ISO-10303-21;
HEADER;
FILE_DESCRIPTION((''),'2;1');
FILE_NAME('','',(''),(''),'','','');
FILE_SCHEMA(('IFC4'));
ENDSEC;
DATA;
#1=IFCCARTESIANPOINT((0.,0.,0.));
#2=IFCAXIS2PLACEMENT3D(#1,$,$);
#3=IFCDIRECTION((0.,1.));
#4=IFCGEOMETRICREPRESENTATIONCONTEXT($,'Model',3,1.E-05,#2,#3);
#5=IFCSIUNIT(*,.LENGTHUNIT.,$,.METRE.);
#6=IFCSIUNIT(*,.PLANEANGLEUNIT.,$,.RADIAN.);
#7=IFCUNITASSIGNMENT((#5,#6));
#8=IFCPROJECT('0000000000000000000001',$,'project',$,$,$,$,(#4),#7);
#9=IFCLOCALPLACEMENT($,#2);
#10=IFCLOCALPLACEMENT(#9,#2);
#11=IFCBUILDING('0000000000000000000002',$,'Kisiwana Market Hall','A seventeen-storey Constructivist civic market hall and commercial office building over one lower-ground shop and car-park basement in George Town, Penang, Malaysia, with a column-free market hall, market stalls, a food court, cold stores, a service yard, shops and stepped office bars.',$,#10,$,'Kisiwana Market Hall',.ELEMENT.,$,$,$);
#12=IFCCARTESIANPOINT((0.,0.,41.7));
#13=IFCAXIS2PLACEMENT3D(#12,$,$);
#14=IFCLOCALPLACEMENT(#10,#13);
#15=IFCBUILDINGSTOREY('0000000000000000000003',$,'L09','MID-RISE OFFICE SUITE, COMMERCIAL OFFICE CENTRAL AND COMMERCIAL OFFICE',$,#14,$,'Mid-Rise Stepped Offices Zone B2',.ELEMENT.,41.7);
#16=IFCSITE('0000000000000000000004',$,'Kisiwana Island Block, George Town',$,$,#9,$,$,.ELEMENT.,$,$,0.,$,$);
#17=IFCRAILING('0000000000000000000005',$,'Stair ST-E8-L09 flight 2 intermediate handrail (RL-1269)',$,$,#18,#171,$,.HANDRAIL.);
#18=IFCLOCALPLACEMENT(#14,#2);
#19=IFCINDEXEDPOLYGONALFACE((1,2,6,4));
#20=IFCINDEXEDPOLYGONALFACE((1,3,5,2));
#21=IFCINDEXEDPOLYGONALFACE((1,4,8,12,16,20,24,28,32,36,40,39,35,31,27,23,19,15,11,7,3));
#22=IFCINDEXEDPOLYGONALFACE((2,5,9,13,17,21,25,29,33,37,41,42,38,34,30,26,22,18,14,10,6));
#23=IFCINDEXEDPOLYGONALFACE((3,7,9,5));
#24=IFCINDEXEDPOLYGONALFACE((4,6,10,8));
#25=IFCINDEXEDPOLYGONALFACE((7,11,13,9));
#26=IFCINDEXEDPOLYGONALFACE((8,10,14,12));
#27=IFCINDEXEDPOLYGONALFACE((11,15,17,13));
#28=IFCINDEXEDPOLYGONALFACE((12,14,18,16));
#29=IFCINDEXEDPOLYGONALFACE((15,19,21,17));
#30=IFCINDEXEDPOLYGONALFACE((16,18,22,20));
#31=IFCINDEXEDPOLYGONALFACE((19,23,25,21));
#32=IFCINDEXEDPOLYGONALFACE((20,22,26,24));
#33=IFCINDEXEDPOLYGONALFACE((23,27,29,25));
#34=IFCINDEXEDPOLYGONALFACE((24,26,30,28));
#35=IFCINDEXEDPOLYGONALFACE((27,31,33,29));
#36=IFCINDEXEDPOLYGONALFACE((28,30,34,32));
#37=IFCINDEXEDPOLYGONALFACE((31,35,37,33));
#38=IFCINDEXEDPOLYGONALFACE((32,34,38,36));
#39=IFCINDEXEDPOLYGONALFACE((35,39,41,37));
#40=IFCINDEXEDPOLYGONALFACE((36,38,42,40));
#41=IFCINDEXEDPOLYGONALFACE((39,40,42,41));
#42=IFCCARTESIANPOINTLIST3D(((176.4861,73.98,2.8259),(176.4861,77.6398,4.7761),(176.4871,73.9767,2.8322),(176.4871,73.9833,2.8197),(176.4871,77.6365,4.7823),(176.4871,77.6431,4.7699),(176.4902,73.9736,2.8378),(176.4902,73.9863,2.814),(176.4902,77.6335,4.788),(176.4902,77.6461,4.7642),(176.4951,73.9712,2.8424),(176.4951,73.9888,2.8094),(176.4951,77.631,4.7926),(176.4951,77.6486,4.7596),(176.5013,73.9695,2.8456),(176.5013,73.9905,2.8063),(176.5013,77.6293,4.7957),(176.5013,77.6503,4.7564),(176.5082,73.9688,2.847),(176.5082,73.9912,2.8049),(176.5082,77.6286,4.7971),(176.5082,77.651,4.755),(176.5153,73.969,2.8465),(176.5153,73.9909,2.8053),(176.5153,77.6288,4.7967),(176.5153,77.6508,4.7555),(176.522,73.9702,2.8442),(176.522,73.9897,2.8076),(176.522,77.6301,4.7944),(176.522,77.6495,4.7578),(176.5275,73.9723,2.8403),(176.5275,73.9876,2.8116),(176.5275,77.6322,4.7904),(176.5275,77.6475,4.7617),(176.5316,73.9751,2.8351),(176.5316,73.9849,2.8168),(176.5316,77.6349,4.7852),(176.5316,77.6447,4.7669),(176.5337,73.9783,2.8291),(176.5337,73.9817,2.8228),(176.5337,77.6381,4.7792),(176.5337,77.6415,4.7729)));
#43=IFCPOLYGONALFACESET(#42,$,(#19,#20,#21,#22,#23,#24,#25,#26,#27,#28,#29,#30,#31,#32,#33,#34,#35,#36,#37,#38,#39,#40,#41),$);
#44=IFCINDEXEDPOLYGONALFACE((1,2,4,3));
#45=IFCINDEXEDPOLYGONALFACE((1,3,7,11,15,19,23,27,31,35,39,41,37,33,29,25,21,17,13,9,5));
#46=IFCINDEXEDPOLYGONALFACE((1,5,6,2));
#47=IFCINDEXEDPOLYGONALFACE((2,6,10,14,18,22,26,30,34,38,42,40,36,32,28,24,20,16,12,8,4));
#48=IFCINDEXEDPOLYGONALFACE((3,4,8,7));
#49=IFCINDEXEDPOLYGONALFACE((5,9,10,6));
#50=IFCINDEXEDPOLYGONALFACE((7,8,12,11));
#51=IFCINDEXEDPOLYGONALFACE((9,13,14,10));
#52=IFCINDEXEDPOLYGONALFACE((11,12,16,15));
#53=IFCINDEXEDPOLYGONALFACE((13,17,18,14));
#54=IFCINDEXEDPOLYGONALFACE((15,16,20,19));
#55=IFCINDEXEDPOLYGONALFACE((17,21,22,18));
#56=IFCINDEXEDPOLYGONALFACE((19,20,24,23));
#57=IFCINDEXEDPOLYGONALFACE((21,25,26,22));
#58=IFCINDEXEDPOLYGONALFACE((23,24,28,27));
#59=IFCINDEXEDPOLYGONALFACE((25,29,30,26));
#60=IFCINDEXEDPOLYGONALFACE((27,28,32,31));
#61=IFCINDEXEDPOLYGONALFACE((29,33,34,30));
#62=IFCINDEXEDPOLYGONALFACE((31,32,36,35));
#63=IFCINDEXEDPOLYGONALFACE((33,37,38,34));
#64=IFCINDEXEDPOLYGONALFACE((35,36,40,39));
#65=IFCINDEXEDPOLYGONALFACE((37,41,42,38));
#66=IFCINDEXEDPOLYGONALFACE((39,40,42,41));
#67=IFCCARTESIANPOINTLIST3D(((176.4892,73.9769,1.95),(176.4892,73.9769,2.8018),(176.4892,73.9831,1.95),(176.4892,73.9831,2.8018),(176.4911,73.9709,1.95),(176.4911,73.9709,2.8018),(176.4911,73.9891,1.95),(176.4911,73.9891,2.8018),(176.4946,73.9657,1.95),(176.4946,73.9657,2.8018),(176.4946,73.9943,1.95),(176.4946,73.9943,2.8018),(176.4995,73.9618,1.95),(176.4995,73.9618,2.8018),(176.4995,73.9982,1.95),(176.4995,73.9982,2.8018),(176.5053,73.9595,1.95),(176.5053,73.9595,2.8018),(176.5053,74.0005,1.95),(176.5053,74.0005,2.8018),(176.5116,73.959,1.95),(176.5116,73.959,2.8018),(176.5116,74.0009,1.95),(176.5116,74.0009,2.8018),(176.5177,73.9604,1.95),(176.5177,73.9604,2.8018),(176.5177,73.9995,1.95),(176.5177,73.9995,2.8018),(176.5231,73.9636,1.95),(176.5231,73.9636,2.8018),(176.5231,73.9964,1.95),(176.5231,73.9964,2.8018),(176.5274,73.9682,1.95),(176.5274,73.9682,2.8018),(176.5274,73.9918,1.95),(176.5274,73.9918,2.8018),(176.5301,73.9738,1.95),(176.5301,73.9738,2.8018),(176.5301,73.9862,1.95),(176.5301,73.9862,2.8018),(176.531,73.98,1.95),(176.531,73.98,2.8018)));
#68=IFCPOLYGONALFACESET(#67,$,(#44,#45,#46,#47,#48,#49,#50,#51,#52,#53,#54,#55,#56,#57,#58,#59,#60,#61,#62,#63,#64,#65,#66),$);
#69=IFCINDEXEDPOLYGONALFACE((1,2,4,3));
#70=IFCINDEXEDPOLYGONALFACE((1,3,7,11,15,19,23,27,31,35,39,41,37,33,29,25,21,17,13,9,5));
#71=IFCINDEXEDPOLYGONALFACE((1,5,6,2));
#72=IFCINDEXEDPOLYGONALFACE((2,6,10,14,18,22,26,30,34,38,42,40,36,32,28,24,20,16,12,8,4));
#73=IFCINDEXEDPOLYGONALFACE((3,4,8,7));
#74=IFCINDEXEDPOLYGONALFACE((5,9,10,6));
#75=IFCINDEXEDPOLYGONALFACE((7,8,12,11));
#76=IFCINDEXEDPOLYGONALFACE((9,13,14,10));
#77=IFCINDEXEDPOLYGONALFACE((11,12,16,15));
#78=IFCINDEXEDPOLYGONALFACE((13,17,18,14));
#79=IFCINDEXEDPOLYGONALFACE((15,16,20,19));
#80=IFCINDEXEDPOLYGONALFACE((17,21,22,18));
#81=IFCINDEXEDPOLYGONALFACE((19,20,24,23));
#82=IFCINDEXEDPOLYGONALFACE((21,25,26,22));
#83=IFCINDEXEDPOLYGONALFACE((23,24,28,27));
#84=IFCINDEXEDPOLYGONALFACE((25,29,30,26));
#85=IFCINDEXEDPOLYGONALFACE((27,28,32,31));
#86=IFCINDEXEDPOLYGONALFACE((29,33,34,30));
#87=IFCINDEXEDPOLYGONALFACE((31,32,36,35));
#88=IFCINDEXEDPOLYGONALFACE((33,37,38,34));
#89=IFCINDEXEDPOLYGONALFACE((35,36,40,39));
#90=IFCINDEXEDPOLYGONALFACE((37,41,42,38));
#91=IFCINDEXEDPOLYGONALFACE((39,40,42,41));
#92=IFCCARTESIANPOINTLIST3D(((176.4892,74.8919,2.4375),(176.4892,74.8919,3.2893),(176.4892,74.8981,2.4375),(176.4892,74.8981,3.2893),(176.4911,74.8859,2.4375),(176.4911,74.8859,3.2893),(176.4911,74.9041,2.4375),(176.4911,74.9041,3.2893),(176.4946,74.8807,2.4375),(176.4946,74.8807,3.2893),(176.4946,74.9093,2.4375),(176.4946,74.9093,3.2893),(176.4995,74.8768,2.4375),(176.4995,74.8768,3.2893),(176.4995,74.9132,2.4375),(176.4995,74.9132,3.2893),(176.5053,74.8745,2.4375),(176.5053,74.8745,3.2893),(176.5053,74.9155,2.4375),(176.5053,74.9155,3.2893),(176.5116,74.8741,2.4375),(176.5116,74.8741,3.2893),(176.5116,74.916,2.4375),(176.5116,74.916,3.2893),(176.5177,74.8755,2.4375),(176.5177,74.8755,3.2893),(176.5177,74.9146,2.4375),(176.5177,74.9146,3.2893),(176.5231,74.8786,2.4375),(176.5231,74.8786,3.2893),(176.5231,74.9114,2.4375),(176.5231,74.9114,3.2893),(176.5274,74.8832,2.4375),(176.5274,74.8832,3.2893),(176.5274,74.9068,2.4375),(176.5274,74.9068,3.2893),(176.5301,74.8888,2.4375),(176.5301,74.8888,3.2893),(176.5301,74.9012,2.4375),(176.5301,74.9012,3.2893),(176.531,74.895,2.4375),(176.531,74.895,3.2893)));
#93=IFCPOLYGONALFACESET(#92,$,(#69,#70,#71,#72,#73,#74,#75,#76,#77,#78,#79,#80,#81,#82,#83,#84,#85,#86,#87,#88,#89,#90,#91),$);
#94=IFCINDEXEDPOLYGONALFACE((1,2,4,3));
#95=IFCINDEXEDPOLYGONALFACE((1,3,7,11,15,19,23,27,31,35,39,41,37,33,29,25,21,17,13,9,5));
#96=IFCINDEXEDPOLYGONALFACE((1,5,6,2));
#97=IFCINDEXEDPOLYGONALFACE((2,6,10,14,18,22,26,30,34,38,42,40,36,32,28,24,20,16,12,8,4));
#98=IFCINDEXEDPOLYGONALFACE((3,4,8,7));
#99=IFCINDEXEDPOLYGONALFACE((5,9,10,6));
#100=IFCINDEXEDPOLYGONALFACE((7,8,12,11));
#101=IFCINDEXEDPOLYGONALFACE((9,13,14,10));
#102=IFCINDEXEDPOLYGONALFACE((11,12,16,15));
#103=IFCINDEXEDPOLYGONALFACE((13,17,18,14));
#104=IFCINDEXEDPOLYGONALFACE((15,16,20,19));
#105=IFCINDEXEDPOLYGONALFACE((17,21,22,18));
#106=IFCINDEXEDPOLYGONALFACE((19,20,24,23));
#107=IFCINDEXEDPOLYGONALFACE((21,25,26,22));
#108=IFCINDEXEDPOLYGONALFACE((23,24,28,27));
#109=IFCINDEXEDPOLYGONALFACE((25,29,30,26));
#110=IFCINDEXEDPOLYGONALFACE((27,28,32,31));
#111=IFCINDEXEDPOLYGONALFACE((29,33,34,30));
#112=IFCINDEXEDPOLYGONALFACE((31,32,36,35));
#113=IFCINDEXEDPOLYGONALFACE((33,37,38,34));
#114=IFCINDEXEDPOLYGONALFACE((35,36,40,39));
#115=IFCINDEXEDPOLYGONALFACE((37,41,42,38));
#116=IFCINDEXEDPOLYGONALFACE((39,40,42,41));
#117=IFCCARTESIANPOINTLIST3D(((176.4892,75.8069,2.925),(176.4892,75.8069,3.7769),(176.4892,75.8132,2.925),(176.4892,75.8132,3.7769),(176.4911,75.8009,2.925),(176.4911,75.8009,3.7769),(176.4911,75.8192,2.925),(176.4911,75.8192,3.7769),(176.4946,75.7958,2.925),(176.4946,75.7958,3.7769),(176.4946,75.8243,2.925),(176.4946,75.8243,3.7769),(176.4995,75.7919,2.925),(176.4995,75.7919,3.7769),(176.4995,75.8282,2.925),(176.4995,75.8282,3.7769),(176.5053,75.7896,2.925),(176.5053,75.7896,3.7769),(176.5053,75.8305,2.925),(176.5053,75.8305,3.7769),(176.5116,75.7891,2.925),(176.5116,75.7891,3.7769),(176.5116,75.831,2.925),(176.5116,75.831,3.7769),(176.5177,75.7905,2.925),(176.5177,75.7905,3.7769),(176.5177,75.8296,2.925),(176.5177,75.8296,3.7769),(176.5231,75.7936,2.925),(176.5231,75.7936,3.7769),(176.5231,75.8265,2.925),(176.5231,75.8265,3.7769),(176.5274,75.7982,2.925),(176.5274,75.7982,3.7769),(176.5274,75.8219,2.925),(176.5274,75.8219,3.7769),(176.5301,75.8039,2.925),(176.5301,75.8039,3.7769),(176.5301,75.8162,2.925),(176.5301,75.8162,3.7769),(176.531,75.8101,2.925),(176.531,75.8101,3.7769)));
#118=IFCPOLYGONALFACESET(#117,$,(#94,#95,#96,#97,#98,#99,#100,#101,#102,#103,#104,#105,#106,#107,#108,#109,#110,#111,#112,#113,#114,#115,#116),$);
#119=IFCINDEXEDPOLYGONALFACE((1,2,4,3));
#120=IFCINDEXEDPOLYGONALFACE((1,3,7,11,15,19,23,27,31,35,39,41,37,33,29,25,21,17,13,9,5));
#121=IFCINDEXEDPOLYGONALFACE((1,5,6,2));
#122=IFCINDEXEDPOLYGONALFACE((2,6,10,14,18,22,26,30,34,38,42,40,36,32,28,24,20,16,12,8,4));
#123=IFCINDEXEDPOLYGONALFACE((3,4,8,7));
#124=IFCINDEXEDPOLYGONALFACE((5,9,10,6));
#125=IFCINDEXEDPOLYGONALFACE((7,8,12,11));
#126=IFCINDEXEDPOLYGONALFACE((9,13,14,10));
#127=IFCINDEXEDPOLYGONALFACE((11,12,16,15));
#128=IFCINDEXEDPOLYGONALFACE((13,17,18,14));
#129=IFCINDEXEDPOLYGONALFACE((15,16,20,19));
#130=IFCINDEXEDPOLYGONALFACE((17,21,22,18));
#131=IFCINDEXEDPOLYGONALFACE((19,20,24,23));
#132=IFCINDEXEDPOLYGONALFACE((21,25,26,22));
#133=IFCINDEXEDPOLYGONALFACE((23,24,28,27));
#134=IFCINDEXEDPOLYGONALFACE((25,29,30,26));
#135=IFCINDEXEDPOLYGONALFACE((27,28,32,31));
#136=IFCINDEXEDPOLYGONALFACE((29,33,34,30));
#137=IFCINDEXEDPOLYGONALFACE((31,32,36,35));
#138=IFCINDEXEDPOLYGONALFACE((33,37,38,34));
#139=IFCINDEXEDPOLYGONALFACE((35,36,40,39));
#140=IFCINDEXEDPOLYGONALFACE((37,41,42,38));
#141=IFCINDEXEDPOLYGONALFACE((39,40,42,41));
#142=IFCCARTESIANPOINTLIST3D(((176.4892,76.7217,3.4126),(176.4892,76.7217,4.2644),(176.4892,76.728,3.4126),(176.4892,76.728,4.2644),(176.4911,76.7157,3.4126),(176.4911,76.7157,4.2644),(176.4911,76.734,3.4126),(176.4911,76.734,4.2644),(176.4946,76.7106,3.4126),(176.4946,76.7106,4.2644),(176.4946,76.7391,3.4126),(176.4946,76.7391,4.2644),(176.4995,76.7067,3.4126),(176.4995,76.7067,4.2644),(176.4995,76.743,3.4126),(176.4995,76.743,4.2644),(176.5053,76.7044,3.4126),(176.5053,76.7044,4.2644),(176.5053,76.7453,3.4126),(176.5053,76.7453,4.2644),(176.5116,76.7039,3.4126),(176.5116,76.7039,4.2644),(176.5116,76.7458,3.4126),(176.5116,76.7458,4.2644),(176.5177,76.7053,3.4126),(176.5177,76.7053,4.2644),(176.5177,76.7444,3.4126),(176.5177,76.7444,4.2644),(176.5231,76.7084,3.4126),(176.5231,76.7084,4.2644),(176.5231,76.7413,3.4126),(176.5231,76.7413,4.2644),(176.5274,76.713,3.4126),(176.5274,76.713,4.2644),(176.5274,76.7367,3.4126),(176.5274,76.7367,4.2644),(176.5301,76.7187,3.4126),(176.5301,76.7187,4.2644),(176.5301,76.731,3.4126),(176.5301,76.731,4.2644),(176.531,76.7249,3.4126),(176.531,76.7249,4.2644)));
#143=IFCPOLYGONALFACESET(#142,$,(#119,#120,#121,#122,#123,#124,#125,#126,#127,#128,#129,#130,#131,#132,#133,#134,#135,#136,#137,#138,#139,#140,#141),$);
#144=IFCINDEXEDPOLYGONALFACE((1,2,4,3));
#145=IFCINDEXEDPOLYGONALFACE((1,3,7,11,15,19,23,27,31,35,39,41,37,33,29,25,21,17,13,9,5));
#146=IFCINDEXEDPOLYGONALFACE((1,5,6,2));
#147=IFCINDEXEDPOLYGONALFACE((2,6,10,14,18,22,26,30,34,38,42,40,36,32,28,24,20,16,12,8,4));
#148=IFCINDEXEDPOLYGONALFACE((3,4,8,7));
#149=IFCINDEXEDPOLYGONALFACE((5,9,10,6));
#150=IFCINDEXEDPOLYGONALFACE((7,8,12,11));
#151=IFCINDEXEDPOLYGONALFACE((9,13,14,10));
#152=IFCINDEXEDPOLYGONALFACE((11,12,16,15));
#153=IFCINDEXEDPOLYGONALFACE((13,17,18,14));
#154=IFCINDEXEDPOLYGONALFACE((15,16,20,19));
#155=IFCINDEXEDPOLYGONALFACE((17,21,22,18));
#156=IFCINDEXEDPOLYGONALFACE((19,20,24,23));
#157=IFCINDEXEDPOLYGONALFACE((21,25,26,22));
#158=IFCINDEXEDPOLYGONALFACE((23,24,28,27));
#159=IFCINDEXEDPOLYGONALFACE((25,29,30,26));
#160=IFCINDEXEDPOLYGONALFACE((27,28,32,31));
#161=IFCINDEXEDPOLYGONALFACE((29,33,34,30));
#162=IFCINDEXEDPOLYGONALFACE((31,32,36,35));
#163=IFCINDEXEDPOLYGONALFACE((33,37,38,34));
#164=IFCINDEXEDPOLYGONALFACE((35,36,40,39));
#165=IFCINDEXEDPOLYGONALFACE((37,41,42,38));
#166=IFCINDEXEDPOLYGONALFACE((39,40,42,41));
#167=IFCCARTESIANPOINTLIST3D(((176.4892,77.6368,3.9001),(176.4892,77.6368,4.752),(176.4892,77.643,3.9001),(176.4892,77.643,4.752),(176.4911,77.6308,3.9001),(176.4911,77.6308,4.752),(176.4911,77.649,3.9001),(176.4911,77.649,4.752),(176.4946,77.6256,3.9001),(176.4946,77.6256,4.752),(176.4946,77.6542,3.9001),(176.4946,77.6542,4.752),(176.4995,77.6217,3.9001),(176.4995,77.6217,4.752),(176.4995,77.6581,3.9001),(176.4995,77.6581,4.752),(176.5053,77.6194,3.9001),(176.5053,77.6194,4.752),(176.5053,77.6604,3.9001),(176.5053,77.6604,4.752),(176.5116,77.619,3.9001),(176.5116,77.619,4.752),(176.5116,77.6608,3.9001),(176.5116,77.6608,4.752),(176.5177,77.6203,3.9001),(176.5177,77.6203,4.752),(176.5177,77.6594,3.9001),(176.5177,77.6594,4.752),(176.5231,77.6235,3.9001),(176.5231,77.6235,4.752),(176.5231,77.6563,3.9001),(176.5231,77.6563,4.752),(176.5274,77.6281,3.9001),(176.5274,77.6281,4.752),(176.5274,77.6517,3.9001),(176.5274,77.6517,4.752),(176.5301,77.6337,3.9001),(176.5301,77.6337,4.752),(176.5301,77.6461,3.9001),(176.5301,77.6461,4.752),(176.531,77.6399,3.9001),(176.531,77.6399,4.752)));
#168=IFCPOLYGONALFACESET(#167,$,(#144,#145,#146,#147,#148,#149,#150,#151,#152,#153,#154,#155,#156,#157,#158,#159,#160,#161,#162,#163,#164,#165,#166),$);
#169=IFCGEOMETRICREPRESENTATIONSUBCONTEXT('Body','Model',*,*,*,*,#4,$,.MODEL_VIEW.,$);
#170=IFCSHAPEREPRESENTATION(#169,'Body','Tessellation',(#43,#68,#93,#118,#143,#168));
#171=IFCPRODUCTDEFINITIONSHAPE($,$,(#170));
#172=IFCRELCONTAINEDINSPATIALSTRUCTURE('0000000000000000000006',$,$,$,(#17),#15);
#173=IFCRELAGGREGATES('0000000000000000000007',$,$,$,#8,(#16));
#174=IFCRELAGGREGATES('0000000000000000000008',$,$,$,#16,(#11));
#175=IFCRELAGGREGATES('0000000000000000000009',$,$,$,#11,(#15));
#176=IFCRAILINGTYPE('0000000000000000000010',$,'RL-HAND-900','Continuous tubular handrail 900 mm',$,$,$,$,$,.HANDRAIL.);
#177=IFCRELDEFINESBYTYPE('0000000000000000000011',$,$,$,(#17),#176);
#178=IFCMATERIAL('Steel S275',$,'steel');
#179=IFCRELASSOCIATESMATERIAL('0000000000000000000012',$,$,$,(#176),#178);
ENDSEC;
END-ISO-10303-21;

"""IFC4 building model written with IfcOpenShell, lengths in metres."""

from ifc_helpers import new_model, si_unit, direction, frame, origin, origin_2d, place, context, subcontext, project, spatial, circle, extrude, material, type_object, element, save


model = new_model("IFC4")

# Units and contexts
model_context = context("Model", 3, precision=1e-05, world=origin(), true_north=direction((0.0, 1.0)))
body_context = subcontext(model_context, "Body", "Model", "MODEL_VIEW")
ifc_project = project(units=[si_unit("LENGTHUNIT", "METRE"), si_unit("PLANEANGLEUNIT", "RADIAN")], contexts=[model_context])

# Site, building, storey
site_placement = place(None, origin())
site = spatial("IfcSite", under=ifc_project, at=site_placement, Name="Kisiwana Island Block, George Town", CompositionType="ELEMENT", RefElevation=0.0)
building_placement = place(site_placement, origin())
building = spatial("IfcBuilding", under=site, at=building_placement, Name="Kisiwana Market Hall", Description="A seventeen-storey Constructivist civic market hall and commercial office building over one lower-ground shop and car-park basement in George Town, Penang, Malaysia, with a column-free market hall, market stalls, a food court, cold stores, a service yard, shops and stepped office bars.", LongName="Kisiwana Market Hall", CompositionType="ELEMENT")
storey_placement = place(building_placement, frame((0.0, 0.0, 41.7)))
storey = spatial("IfcBuildingStorey", under=building, at=storey_placement, Name="L09", Description="MID-RISE OFFICE SUITE, COMMERCIAL OFFICE CENTRAL AND COMMERCIAL OFFICE", LongName="Mid-Rise Stepped Offices Zone B2", CompositionType="ELEMENT", Elevation=41.7)

# Railing
ifc_material_1 = material(Name="Steel S275", Category="steel")
railing_type_1 = type_object("IfcRailingType", Name="RL-HAND-900", Description="Continuous tubular handrail 900 mm", PredefinedType="HANDRAIL", material=ifc_material_1)
for number, where, name in (
    (1, (176.51, 73.98, 1.95), "Stair ST-E8-L09 flight 2 intermediate handrail (RL-1269)"),
):
    element("IfcRailing", number, at=place(storey_placement, frame(where)), inside=storey, type_object=railing_type_1, Name=name, PredefinedType="HANDRAIL", context=body_context, shape_type="SweptSolid", body=[
        extrude(circle(Radius=0.0239, at=origin_2d()), frame((0.0, 0.0, 0.876), z_axis=(0.0, 0.882529, 0.470258), x_axis=(-1.0, 0.0, 0.0)), (0.0, 0.0, 1.0), 4.147),
        extrude(circle(Radius=0.021, at=origin_2d()), origin(), (0.0, 0.0, 1.0), 0.8518),
        extrude(circle(Radius=0.021, at=origin_2d()), frame((0.0, 0.915, 0.4875)), (0.0, 0.0, 1.0), 0.8518),
        extrude(circle(Radius=0.021, at=origin_2d()), frame((0.0, 1.8301, 0.9751)), (0.0, 0.0, 1.0), 0.8518),
        extrude(circle(Radius=0.021, at=origin_2d()), frame((0.0, 2.7449, 1.4626)), (0.0, 0.0, 1.0), 0.8518),
        extrude(circle(Radius=0.021, at=origin_2d()), frame((0.0, 3.6599, 1.9502)), (0.0, 0.0, 1.0), 0.8518),
    ])

save(model, "model.ifc")
